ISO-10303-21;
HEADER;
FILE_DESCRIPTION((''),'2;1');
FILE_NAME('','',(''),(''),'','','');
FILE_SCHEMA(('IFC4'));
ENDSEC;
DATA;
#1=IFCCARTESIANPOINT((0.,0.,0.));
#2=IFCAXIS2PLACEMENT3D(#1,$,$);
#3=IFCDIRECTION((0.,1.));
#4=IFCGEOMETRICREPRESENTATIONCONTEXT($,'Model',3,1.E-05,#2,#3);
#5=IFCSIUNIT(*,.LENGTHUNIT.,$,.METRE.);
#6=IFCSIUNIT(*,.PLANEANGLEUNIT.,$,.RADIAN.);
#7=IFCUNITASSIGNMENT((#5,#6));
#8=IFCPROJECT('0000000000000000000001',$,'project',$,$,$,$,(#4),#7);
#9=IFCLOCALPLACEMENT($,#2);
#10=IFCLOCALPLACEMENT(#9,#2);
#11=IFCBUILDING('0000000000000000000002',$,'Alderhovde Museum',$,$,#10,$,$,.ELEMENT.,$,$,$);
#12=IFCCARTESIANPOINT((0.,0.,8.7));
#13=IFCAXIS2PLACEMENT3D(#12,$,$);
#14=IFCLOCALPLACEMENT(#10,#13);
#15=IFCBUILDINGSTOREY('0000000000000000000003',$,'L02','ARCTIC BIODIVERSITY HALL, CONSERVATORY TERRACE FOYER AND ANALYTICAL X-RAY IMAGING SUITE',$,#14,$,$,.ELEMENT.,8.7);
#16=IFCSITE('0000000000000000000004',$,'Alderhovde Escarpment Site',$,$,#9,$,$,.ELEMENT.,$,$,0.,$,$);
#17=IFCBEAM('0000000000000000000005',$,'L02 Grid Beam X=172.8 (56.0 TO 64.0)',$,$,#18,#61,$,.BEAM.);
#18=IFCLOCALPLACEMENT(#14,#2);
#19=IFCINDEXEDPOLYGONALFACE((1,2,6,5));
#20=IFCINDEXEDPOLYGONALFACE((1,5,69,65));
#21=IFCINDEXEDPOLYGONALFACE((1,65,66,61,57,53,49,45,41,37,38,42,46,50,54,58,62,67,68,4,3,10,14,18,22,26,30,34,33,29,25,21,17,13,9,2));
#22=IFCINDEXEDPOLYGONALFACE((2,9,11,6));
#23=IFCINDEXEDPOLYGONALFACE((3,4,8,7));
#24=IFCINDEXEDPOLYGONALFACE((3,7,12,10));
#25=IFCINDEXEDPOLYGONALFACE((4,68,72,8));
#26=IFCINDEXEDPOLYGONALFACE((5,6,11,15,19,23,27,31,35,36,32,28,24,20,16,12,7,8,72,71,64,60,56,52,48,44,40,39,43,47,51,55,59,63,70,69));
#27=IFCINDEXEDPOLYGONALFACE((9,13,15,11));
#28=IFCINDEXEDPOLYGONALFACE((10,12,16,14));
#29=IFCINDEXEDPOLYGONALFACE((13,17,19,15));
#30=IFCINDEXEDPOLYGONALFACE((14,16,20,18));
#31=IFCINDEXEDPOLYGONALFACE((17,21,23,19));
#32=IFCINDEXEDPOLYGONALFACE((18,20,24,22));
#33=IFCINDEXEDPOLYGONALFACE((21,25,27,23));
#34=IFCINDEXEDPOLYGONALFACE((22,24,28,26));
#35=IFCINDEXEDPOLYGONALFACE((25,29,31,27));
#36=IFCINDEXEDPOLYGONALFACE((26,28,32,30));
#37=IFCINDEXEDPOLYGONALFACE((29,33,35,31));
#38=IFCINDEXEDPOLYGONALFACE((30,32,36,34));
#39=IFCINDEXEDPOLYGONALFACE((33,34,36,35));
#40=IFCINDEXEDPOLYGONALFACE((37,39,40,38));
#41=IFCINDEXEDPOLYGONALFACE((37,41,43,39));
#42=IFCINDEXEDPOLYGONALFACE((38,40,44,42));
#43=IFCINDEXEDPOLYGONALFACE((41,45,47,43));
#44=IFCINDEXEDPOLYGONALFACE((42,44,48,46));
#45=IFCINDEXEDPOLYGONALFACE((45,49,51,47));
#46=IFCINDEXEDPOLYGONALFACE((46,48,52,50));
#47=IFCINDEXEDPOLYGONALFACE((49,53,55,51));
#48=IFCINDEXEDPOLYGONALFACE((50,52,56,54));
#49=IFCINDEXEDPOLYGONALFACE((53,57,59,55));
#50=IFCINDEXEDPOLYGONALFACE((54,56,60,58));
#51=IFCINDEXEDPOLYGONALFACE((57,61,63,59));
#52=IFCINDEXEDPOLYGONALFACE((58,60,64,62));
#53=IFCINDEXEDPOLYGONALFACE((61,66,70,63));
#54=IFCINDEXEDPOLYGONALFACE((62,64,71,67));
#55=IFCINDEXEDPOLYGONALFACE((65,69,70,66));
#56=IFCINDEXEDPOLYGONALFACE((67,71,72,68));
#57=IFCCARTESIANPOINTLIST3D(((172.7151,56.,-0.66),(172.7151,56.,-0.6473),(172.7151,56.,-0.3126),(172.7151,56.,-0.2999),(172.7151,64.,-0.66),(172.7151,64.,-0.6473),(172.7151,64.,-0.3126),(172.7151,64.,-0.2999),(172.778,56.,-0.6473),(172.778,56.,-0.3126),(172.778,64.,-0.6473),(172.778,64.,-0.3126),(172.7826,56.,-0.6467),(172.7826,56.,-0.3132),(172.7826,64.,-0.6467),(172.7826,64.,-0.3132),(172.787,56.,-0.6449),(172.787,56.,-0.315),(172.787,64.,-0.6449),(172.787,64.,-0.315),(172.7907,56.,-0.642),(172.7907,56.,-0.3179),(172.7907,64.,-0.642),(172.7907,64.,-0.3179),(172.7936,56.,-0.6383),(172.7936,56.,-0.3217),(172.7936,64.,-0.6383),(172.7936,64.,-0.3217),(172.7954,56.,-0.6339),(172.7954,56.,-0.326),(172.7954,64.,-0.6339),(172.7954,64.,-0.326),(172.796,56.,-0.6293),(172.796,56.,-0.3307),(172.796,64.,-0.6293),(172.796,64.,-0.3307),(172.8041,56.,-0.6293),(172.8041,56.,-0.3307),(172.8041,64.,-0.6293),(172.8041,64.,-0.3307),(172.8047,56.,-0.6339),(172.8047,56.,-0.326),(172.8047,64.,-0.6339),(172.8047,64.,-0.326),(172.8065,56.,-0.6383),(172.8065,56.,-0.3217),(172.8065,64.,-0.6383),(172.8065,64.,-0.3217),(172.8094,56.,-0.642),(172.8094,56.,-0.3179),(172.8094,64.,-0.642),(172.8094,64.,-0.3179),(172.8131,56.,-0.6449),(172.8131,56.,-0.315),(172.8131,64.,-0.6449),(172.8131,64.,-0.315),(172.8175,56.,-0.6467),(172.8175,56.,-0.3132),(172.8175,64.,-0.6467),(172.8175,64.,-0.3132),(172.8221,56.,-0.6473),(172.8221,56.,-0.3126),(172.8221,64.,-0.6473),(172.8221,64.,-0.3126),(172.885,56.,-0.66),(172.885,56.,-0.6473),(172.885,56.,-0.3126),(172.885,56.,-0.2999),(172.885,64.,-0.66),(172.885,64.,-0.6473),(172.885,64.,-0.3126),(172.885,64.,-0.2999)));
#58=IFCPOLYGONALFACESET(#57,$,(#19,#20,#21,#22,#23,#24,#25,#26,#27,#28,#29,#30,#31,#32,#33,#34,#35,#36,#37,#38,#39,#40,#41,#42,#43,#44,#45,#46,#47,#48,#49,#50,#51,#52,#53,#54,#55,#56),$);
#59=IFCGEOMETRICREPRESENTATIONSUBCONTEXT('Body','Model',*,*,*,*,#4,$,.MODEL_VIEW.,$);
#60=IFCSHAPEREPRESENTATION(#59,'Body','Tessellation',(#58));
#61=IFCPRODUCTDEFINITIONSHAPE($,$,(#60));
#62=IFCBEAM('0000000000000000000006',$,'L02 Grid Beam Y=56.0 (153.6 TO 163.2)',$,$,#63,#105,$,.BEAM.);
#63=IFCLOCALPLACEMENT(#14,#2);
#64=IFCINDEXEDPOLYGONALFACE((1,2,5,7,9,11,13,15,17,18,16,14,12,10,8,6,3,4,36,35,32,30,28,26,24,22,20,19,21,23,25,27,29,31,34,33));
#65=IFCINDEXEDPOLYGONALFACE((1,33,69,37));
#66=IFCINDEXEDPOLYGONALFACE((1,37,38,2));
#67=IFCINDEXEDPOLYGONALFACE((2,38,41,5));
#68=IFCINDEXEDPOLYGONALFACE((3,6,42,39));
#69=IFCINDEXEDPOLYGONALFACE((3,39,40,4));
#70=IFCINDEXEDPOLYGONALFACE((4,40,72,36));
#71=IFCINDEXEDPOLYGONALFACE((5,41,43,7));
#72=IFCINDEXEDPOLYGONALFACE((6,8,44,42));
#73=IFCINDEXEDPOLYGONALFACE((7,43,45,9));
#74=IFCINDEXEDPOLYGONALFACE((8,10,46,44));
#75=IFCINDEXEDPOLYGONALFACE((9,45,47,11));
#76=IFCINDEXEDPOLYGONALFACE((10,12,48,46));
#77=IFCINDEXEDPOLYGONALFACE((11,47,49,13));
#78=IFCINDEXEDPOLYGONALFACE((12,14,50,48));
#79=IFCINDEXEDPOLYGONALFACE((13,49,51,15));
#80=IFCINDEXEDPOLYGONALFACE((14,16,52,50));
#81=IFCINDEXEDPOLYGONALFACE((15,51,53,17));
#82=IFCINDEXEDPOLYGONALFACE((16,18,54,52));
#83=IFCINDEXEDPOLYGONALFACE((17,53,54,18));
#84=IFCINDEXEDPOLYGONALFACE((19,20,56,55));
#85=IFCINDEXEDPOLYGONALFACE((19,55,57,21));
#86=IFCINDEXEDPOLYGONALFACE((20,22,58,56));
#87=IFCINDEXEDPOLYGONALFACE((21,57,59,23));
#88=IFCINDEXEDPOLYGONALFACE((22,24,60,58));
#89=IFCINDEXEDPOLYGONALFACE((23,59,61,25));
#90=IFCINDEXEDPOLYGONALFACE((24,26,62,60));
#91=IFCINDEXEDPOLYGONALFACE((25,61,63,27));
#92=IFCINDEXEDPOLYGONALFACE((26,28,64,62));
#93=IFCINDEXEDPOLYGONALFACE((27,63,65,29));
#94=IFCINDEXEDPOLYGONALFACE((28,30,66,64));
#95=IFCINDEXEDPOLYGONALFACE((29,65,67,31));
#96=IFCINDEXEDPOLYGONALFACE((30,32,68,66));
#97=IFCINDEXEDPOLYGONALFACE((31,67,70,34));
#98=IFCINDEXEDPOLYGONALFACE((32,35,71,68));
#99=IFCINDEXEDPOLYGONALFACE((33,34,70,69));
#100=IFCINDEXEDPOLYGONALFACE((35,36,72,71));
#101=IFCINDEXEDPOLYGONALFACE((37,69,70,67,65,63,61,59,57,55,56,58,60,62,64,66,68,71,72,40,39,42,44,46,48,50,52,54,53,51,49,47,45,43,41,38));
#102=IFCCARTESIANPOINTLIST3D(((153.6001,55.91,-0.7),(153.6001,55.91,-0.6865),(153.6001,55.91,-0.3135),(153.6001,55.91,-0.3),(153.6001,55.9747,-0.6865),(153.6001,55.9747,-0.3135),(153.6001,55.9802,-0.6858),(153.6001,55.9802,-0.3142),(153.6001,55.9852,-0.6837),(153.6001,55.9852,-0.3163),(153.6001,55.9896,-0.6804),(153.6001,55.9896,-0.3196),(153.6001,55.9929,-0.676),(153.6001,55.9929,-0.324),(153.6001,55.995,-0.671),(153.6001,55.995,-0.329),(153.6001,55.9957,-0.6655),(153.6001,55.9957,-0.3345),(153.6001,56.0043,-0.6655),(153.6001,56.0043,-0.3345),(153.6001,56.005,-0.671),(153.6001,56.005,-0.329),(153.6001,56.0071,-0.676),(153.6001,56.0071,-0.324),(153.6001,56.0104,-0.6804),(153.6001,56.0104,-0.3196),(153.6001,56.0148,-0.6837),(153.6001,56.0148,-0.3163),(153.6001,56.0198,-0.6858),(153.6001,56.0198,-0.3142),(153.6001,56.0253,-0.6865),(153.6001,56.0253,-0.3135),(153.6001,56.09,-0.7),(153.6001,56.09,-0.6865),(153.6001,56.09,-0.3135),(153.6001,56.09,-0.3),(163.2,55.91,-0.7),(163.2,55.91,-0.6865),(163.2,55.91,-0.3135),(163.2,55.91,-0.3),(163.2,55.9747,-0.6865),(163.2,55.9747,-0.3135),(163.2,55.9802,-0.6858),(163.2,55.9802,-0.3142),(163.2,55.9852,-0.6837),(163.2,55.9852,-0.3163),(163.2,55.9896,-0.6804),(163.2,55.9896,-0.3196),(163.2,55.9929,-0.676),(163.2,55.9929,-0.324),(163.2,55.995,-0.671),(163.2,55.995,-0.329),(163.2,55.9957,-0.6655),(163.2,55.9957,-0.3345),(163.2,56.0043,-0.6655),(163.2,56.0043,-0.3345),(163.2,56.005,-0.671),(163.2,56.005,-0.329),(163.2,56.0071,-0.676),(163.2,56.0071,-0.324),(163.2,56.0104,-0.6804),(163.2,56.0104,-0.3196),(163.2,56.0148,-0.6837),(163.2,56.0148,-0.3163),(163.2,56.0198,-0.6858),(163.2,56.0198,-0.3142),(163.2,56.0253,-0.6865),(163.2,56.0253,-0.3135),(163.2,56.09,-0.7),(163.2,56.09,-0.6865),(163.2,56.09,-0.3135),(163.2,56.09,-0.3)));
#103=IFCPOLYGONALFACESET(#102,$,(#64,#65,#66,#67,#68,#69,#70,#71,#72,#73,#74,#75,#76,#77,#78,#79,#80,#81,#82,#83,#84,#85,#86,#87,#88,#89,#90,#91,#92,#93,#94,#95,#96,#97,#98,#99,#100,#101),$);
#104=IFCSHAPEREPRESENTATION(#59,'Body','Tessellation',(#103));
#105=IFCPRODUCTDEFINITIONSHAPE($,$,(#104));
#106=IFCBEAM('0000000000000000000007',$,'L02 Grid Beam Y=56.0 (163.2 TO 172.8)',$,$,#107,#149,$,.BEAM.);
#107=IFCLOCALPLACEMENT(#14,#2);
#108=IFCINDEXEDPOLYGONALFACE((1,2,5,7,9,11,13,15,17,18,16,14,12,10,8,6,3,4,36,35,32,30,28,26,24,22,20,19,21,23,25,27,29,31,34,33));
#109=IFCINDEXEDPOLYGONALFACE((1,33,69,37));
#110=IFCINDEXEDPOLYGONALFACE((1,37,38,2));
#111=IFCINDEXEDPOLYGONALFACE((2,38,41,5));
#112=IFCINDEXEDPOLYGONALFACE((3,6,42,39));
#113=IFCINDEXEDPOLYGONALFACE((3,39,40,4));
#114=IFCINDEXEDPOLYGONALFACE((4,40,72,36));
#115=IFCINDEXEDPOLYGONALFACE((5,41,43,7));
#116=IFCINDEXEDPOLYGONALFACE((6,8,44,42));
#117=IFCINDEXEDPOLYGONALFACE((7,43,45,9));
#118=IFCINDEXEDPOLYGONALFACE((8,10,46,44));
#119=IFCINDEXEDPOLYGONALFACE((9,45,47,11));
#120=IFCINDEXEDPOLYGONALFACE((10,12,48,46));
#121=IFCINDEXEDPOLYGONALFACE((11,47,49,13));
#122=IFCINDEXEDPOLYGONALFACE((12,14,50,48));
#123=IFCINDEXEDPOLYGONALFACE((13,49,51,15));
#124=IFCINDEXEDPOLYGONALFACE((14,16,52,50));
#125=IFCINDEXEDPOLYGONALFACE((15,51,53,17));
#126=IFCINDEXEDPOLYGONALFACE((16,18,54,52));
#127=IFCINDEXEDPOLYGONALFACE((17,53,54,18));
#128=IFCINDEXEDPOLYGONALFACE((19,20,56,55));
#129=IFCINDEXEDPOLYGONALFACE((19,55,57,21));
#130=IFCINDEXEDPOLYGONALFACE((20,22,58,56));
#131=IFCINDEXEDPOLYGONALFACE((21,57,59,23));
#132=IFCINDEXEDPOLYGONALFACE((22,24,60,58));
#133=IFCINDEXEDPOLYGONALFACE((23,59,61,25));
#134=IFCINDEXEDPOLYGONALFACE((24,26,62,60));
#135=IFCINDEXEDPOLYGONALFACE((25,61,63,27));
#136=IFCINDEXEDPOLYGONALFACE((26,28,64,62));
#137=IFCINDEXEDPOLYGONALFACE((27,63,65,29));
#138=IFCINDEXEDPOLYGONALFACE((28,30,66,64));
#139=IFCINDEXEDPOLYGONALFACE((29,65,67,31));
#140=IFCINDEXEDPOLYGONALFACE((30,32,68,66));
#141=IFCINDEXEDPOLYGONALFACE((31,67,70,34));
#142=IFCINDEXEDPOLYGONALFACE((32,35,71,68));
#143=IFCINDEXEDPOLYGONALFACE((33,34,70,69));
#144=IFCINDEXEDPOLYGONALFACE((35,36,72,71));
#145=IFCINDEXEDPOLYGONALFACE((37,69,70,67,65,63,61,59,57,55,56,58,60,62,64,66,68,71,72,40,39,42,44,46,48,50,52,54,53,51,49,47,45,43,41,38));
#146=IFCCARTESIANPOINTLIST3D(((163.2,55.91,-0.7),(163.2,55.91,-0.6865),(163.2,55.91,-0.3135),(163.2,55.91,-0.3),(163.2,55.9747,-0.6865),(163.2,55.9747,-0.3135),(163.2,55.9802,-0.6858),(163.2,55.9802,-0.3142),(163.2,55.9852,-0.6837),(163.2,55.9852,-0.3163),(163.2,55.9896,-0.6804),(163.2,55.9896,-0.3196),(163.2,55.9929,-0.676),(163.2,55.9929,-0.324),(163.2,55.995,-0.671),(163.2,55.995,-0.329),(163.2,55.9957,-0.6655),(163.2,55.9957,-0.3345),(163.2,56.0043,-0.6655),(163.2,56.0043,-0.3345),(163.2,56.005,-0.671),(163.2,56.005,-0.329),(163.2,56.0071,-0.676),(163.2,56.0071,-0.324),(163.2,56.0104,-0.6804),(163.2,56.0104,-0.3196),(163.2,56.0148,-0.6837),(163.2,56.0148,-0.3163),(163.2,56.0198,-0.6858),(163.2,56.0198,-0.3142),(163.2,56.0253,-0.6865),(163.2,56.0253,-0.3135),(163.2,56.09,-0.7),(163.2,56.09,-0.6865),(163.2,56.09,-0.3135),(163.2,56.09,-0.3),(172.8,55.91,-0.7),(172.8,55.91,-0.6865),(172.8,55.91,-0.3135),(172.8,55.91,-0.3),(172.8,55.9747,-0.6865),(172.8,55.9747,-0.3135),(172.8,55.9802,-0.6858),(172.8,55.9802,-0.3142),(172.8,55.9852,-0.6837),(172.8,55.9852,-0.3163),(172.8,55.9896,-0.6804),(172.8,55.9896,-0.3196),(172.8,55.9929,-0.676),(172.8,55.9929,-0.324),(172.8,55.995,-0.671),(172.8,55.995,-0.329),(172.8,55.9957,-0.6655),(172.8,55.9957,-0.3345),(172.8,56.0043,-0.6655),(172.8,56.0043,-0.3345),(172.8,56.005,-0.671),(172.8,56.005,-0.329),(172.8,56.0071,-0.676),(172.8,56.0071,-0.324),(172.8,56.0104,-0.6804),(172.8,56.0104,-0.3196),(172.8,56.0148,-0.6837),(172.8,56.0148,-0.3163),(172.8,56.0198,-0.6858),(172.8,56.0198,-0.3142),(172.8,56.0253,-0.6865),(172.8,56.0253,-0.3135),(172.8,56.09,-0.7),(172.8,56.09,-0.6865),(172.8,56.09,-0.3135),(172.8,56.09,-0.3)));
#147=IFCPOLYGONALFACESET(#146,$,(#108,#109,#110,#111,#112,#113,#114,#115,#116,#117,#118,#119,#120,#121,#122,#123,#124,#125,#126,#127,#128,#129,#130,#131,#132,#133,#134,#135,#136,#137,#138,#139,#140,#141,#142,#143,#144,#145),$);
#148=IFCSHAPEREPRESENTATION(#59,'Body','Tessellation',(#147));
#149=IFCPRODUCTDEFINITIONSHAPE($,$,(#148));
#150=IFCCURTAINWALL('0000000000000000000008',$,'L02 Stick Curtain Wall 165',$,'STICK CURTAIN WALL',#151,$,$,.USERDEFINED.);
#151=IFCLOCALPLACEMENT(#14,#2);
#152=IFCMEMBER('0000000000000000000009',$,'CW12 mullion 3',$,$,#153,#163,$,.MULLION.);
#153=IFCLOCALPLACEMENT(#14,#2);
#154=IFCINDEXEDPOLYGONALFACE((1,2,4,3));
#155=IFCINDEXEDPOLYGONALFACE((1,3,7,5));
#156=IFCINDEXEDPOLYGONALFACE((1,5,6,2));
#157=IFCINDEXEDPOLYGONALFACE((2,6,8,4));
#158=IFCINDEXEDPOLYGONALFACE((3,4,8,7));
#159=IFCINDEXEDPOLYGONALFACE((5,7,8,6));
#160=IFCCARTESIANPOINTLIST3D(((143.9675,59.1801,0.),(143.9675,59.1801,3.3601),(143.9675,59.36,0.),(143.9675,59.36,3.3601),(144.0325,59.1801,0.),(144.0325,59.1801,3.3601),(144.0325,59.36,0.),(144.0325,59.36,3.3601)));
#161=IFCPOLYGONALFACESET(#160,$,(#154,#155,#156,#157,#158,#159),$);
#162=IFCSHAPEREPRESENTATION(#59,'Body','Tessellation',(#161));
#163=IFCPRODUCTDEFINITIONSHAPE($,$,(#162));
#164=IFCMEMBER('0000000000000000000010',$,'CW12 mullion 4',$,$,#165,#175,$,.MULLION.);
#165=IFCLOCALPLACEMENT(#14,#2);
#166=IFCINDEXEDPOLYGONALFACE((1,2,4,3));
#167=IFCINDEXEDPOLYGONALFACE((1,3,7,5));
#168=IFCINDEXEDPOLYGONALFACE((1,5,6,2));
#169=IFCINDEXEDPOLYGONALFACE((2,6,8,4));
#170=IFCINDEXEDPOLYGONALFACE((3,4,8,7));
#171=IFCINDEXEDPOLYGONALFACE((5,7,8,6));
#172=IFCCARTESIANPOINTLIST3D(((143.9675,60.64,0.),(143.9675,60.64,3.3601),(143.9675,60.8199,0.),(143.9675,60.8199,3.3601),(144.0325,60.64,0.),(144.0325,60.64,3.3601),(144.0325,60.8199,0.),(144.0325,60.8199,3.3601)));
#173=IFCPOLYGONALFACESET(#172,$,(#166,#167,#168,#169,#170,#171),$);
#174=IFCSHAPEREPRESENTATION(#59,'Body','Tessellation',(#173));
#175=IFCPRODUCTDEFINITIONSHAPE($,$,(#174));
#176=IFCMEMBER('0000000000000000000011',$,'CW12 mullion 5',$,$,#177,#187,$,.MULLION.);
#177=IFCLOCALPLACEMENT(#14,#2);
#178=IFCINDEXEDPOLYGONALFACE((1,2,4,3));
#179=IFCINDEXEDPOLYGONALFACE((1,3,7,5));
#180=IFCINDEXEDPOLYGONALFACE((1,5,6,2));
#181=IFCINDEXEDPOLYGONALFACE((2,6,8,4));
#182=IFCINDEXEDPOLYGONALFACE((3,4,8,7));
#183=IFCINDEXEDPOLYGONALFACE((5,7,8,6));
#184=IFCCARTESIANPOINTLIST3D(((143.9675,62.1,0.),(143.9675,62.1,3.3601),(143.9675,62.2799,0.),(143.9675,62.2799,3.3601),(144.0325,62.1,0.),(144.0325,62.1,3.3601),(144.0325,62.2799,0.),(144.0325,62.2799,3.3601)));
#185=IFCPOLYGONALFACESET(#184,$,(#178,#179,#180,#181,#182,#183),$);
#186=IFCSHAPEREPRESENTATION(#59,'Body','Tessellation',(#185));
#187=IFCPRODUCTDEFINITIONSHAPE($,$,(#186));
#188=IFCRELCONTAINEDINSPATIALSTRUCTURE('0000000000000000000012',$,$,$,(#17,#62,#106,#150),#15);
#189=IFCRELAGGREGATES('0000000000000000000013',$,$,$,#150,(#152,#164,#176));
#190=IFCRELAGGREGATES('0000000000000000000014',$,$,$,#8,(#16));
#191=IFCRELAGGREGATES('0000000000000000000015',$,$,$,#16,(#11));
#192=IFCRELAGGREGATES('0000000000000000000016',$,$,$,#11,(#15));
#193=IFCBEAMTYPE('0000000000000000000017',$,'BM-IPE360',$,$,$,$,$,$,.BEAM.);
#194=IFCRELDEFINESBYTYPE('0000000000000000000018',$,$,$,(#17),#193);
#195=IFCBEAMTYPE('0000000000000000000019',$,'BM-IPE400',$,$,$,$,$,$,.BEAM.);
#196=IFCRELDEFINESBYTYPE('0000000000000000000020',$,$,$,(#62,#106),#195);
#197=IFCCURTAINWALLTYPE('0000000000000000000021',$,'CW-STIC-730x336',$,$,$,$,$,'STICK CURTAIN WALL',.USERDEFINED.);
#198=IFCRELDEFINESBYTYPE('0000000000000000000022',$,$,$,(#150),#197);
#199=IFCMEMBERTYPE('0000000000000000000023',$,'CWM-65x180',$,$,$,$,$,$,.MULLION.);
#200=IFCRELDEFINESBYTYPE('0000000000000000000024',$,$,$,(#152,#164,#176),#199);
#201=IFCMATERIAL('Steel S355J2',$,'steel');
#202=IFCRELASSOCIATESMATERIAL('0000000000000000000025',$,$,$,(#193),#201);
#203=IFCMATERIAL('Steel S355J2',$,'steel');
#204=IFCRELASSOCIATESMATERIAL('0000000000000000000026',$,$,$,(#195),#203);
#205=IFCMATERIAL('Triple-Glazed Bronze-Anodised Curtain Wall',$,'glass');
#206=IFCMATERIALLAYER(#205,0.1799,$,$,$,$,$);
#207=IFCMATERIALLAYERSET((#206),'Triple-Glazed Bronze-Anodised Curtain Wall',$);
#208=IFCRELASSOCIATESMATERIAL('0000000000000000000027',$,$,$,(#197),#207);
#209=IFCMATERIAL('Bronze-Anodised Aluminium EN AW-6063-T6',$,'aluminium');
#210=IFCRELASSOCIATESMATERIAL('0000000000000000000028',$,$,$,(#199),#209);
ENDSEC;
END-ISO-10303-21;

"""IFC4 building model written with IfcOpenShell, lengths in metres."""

from ifc_helpers import new_model, si_unit, direction, frame, origin, origin_2d, place, context, subcontext, project, spatial, rectangle, i_section, extrude, material, layer, layer_set, material_profile, profile_set, type_object, element, aggregate, save


model = new_model("IFC4")

# Units and contexts
model_context = context("Model", 3, precision=1e-05, world=origin(), true_north=direction((0.0, 1.0)))
body_context = subcontext(model_context, "Body", "Model", "MODEL_VIEW")
ifc_project = project(units=[si_unit("LENGTHUNIT", "METRE"), si_unit("PLANEANGLEUNIT", "RADIAN")], contexts=[model_context])

# Site, building, storey
site_placement = place(None, origin())
site = spatial("IfcSite", under=ifc_project, at=site_placement, Name="Alderhovde Escarpment Site", CompositionType="ELEMENT", RefElevation=0.0)
building_placement = place(site_placement, origin())
building = spatial("IfcBuilding", under=site, at=building_placement, Name="Alderhovde Museum", CompositionType="ELEMENT")
storey_placement = place(building_placement, frame((0.0, 0.0, 8.7)))
storey = spatial("IfcBuildingStorey", under=building, at=storey_placement, Name="L02", Description="ARCTIC BIODIVERSITY HALL, CONSERVATORY TERRACE FOYER AND ANALYTICAL X-RAY IMAGING SUITE", CompositionType="ELEMENT", Elevation=8.7)

# Beams
ifc_material_1 = material(Name="Steel S355J2", Category="steel")
ifc_material_profile_1 = material_profile(ifc_material_1, i_section(OverallWidth=0.1699, OverallDepth=0.3601, WebThickness=0.0081, FlangeThickness=0.0127, FilletRadius=0.0181, at=origin_2d()), Name="IPE 360")
ifc_profile_set_1 = profile_set([ifc_material_profile_1], Name="Steel S355J2")
beam_type_1 = type_object("IfcBeamType", Name="BM-IPE360", PredefinedType="BEAM", material=ifc_profile_set_1)
for number, where, z_axis, x_axis, name in (
    (1, (172.8, 56.0, -0.48), (0.0, 1.0, 0.0), (-1.0, 0.0, 0.0), "L02 Grid Beam X=172.8 (56.0 TO 64.0)"),
):
    element("IfcBeam", number, at=place(storey_placement, frame(where, z_axis=z_axis, x_axis=x_axis)), inside=storey, type_object=beam_type_1, Name=name, PredefinedType="BEAM", context=body_context, shape_type="SweptSolid", body=[
        extrude(i_section(OverallWidth=0.1699, OverallDepth=0.3601, WebThickness=0.0081, FlangeThickness=0.0127, FilletRadius=0.0181, at=origin_2d()), origin(), (0.0, 0.0, 1.0), 8.0),
    ])
ifc_material_2 = material(Name="Steel S355J2", Category="steel")
ifc_material_profile_2 = material_profile(ifc_material_2, i_section(OverallWidth=0.1799, OverallDepth=0.3999, WebThickness=0.0085, FlangeThickness=0.0134, FilletRadius=0.021, at=origin_2d()), Name="IPE 400")
ifc_profile_set_2 = profile_set([ifc_material_profile_2], Name="Steel S355J2")
beam_type_2 = type_object("IfcBeamType", Name="BM-IPE400", PredefinedType="BEAM", material=ifc_profile_set_2)
beam_1_placement = place(storey_placement, frame((153.6001, 56.0, -0.5), z_axis=(1.0, 0.0, 0.0), x_axis=(0.0, 1.0, 0.0)))
element("IfcBeam", 2, at=beam_1_placement, inside=storey, type_object=beam_type_2, Name="L02 Grid Beam Y=56.0 (153.6 TO 163.2)", PredefinedType="BEAM", context=body_context, shape_type="SweptSolid", body=[
    extrude(i_section(OverallWidth=0.1799, OverallDepth=0.3999, WebThickness=0.0085, FlangeThickness=0.0134, FilletRadius=0.021, at=origin_2d()), origin(), (0.0, 0.0, 1.0), 9.5999),
])
beam_2_placement = place(storey_placement, frame((163.2, 56.0, -0.5), z_axis=(1.0, 0.0, 0.0), x_axis=(0.0, 1.0, 0.0)))
element("IfcBeam", 3, at=beam_2_placement, inside=storey, type_object=beam_type_2, Name="L02 Grid Beam Y=56.0 (163.2 TO 172.8)", PredefinedType="BEAM", context=body_context, shape_type="SweptSolid", body=[
    extrude(i_section(OverallWidth=0.1799, OverallDepth=0.3999, WebThickness=0.0085, FlangeThickness=0.0134, FilletRadius=0.021, at=origin_2d()), origin(), (0.0, 0.0, 1.0), 9.6001),
])

# Curtain wall, members
ifc_material_3 = material(Name="Triple-Glazed Bronze-Anodised Curtain Wall", Category="glass")
ifc_layer_1 = layer(ifc_material_3, 0.1799)
ifc_layer_set_1 = layer_set([ifc_layer_1], Name="Triple-Glazed Bronze-Anodised Curtain Wall")
curtain_wall_type = type_object("IfcCurtainWallType", Name="CW-STIC-730x336", ElementType="STICK CURTAIN WALL", PredefinedType="USERDEFINED", material=ifc_layer_set_1)
curtain_wall_placement = place(storey_placement, origin())
curtain_wall = element("IfcCurtainWall", 4, at=curtain_wall_placement, inside=storey, type_object=curtain_wall_type, Name="L02 Stick Curtain Wall 165", ObjectType="STICK CURTAIN WALL", PredefinedType="USERDEFINED")
ifc_material_4 = material(Name="Bronze-Anodised Aluminium EN AW-6063-T6", Category="aluminium")
ifc_material_profile_3 = material_profile(ifc_material_4, rectangle(XDim=0.0649, YDim=0.1799, at=origin_2d()), Name="MULLION 65x180")
ifc_profile_set_3 = profile_set([ifc_material_profile_3], Name="Bronze-Anodised Aluminium EN AW-6063-T6")
member_type_1 = type_object("IfcMemberType", Name="CWM-65x180", PredefinedType="MULLION", material=ifc_profile_set_3)
member_1_placement = place(storey_placement, frame((144.0, 59.27, 0.0), z_axis=(0.0, 0.0, 1.0), x_axis=(-1.0, 0.0, 0.0)))
member_1 = element("IfcMember", 5, at=member_1_placement, type_object=member_type_1, Name="CW12 mullion 3", PredefinedType="MULLION", context=body_context, shape_type="SweptSolid", body=[
    extrude(rectangle(XDim=0.0649, YDim=0.1799, at=origin_2d()), origin(), (0.0, 0.0, 1.0), 3.3601),
])
member_2_placement = place(storey_placement, frame((144.0, 60.73, 0.0), z_axis=(0.0, 0.0, 1.0), x_axis=(-1.0, 0.0, 0.0)))
member_2 = element("IfcMember", 6, at=member_2_placement, type_object=member_type_1, Name="CW12 mullion 4", PredefinedType="MULLION", context=body_context, shape_type="SweptSolid", body=[
    extrude(rectangle(XDim=0.0649, YDim=0.1799, at=origin_2d()), origin(), (0.0, 0.0, 1.0), 3.3601),
])
member_3_placement = place(storey_placement, frame((144.0, 62.1899, 0.0), z_axis=(0.0, 0.0, 1.0), x_axis=(-1.0, 0.0, 0.0)))
member_3 = element("IfcMember", 7, at=member_3_placement, type_object=member_type_1, Name="CW12 mullion 5", PredefinedType="MULLION", context=body_context, shape_type="SweptSolid", body=[
    extrude(rectangle(XDim=0.0649, YDim=0.1799, at=origin_2d()), origin(), (0.0, 0.0, 1.0), 3.3601),
])

aggregate(curtain_wall, [member_1, member_2, member_3])

save(model, "model.ifc")
